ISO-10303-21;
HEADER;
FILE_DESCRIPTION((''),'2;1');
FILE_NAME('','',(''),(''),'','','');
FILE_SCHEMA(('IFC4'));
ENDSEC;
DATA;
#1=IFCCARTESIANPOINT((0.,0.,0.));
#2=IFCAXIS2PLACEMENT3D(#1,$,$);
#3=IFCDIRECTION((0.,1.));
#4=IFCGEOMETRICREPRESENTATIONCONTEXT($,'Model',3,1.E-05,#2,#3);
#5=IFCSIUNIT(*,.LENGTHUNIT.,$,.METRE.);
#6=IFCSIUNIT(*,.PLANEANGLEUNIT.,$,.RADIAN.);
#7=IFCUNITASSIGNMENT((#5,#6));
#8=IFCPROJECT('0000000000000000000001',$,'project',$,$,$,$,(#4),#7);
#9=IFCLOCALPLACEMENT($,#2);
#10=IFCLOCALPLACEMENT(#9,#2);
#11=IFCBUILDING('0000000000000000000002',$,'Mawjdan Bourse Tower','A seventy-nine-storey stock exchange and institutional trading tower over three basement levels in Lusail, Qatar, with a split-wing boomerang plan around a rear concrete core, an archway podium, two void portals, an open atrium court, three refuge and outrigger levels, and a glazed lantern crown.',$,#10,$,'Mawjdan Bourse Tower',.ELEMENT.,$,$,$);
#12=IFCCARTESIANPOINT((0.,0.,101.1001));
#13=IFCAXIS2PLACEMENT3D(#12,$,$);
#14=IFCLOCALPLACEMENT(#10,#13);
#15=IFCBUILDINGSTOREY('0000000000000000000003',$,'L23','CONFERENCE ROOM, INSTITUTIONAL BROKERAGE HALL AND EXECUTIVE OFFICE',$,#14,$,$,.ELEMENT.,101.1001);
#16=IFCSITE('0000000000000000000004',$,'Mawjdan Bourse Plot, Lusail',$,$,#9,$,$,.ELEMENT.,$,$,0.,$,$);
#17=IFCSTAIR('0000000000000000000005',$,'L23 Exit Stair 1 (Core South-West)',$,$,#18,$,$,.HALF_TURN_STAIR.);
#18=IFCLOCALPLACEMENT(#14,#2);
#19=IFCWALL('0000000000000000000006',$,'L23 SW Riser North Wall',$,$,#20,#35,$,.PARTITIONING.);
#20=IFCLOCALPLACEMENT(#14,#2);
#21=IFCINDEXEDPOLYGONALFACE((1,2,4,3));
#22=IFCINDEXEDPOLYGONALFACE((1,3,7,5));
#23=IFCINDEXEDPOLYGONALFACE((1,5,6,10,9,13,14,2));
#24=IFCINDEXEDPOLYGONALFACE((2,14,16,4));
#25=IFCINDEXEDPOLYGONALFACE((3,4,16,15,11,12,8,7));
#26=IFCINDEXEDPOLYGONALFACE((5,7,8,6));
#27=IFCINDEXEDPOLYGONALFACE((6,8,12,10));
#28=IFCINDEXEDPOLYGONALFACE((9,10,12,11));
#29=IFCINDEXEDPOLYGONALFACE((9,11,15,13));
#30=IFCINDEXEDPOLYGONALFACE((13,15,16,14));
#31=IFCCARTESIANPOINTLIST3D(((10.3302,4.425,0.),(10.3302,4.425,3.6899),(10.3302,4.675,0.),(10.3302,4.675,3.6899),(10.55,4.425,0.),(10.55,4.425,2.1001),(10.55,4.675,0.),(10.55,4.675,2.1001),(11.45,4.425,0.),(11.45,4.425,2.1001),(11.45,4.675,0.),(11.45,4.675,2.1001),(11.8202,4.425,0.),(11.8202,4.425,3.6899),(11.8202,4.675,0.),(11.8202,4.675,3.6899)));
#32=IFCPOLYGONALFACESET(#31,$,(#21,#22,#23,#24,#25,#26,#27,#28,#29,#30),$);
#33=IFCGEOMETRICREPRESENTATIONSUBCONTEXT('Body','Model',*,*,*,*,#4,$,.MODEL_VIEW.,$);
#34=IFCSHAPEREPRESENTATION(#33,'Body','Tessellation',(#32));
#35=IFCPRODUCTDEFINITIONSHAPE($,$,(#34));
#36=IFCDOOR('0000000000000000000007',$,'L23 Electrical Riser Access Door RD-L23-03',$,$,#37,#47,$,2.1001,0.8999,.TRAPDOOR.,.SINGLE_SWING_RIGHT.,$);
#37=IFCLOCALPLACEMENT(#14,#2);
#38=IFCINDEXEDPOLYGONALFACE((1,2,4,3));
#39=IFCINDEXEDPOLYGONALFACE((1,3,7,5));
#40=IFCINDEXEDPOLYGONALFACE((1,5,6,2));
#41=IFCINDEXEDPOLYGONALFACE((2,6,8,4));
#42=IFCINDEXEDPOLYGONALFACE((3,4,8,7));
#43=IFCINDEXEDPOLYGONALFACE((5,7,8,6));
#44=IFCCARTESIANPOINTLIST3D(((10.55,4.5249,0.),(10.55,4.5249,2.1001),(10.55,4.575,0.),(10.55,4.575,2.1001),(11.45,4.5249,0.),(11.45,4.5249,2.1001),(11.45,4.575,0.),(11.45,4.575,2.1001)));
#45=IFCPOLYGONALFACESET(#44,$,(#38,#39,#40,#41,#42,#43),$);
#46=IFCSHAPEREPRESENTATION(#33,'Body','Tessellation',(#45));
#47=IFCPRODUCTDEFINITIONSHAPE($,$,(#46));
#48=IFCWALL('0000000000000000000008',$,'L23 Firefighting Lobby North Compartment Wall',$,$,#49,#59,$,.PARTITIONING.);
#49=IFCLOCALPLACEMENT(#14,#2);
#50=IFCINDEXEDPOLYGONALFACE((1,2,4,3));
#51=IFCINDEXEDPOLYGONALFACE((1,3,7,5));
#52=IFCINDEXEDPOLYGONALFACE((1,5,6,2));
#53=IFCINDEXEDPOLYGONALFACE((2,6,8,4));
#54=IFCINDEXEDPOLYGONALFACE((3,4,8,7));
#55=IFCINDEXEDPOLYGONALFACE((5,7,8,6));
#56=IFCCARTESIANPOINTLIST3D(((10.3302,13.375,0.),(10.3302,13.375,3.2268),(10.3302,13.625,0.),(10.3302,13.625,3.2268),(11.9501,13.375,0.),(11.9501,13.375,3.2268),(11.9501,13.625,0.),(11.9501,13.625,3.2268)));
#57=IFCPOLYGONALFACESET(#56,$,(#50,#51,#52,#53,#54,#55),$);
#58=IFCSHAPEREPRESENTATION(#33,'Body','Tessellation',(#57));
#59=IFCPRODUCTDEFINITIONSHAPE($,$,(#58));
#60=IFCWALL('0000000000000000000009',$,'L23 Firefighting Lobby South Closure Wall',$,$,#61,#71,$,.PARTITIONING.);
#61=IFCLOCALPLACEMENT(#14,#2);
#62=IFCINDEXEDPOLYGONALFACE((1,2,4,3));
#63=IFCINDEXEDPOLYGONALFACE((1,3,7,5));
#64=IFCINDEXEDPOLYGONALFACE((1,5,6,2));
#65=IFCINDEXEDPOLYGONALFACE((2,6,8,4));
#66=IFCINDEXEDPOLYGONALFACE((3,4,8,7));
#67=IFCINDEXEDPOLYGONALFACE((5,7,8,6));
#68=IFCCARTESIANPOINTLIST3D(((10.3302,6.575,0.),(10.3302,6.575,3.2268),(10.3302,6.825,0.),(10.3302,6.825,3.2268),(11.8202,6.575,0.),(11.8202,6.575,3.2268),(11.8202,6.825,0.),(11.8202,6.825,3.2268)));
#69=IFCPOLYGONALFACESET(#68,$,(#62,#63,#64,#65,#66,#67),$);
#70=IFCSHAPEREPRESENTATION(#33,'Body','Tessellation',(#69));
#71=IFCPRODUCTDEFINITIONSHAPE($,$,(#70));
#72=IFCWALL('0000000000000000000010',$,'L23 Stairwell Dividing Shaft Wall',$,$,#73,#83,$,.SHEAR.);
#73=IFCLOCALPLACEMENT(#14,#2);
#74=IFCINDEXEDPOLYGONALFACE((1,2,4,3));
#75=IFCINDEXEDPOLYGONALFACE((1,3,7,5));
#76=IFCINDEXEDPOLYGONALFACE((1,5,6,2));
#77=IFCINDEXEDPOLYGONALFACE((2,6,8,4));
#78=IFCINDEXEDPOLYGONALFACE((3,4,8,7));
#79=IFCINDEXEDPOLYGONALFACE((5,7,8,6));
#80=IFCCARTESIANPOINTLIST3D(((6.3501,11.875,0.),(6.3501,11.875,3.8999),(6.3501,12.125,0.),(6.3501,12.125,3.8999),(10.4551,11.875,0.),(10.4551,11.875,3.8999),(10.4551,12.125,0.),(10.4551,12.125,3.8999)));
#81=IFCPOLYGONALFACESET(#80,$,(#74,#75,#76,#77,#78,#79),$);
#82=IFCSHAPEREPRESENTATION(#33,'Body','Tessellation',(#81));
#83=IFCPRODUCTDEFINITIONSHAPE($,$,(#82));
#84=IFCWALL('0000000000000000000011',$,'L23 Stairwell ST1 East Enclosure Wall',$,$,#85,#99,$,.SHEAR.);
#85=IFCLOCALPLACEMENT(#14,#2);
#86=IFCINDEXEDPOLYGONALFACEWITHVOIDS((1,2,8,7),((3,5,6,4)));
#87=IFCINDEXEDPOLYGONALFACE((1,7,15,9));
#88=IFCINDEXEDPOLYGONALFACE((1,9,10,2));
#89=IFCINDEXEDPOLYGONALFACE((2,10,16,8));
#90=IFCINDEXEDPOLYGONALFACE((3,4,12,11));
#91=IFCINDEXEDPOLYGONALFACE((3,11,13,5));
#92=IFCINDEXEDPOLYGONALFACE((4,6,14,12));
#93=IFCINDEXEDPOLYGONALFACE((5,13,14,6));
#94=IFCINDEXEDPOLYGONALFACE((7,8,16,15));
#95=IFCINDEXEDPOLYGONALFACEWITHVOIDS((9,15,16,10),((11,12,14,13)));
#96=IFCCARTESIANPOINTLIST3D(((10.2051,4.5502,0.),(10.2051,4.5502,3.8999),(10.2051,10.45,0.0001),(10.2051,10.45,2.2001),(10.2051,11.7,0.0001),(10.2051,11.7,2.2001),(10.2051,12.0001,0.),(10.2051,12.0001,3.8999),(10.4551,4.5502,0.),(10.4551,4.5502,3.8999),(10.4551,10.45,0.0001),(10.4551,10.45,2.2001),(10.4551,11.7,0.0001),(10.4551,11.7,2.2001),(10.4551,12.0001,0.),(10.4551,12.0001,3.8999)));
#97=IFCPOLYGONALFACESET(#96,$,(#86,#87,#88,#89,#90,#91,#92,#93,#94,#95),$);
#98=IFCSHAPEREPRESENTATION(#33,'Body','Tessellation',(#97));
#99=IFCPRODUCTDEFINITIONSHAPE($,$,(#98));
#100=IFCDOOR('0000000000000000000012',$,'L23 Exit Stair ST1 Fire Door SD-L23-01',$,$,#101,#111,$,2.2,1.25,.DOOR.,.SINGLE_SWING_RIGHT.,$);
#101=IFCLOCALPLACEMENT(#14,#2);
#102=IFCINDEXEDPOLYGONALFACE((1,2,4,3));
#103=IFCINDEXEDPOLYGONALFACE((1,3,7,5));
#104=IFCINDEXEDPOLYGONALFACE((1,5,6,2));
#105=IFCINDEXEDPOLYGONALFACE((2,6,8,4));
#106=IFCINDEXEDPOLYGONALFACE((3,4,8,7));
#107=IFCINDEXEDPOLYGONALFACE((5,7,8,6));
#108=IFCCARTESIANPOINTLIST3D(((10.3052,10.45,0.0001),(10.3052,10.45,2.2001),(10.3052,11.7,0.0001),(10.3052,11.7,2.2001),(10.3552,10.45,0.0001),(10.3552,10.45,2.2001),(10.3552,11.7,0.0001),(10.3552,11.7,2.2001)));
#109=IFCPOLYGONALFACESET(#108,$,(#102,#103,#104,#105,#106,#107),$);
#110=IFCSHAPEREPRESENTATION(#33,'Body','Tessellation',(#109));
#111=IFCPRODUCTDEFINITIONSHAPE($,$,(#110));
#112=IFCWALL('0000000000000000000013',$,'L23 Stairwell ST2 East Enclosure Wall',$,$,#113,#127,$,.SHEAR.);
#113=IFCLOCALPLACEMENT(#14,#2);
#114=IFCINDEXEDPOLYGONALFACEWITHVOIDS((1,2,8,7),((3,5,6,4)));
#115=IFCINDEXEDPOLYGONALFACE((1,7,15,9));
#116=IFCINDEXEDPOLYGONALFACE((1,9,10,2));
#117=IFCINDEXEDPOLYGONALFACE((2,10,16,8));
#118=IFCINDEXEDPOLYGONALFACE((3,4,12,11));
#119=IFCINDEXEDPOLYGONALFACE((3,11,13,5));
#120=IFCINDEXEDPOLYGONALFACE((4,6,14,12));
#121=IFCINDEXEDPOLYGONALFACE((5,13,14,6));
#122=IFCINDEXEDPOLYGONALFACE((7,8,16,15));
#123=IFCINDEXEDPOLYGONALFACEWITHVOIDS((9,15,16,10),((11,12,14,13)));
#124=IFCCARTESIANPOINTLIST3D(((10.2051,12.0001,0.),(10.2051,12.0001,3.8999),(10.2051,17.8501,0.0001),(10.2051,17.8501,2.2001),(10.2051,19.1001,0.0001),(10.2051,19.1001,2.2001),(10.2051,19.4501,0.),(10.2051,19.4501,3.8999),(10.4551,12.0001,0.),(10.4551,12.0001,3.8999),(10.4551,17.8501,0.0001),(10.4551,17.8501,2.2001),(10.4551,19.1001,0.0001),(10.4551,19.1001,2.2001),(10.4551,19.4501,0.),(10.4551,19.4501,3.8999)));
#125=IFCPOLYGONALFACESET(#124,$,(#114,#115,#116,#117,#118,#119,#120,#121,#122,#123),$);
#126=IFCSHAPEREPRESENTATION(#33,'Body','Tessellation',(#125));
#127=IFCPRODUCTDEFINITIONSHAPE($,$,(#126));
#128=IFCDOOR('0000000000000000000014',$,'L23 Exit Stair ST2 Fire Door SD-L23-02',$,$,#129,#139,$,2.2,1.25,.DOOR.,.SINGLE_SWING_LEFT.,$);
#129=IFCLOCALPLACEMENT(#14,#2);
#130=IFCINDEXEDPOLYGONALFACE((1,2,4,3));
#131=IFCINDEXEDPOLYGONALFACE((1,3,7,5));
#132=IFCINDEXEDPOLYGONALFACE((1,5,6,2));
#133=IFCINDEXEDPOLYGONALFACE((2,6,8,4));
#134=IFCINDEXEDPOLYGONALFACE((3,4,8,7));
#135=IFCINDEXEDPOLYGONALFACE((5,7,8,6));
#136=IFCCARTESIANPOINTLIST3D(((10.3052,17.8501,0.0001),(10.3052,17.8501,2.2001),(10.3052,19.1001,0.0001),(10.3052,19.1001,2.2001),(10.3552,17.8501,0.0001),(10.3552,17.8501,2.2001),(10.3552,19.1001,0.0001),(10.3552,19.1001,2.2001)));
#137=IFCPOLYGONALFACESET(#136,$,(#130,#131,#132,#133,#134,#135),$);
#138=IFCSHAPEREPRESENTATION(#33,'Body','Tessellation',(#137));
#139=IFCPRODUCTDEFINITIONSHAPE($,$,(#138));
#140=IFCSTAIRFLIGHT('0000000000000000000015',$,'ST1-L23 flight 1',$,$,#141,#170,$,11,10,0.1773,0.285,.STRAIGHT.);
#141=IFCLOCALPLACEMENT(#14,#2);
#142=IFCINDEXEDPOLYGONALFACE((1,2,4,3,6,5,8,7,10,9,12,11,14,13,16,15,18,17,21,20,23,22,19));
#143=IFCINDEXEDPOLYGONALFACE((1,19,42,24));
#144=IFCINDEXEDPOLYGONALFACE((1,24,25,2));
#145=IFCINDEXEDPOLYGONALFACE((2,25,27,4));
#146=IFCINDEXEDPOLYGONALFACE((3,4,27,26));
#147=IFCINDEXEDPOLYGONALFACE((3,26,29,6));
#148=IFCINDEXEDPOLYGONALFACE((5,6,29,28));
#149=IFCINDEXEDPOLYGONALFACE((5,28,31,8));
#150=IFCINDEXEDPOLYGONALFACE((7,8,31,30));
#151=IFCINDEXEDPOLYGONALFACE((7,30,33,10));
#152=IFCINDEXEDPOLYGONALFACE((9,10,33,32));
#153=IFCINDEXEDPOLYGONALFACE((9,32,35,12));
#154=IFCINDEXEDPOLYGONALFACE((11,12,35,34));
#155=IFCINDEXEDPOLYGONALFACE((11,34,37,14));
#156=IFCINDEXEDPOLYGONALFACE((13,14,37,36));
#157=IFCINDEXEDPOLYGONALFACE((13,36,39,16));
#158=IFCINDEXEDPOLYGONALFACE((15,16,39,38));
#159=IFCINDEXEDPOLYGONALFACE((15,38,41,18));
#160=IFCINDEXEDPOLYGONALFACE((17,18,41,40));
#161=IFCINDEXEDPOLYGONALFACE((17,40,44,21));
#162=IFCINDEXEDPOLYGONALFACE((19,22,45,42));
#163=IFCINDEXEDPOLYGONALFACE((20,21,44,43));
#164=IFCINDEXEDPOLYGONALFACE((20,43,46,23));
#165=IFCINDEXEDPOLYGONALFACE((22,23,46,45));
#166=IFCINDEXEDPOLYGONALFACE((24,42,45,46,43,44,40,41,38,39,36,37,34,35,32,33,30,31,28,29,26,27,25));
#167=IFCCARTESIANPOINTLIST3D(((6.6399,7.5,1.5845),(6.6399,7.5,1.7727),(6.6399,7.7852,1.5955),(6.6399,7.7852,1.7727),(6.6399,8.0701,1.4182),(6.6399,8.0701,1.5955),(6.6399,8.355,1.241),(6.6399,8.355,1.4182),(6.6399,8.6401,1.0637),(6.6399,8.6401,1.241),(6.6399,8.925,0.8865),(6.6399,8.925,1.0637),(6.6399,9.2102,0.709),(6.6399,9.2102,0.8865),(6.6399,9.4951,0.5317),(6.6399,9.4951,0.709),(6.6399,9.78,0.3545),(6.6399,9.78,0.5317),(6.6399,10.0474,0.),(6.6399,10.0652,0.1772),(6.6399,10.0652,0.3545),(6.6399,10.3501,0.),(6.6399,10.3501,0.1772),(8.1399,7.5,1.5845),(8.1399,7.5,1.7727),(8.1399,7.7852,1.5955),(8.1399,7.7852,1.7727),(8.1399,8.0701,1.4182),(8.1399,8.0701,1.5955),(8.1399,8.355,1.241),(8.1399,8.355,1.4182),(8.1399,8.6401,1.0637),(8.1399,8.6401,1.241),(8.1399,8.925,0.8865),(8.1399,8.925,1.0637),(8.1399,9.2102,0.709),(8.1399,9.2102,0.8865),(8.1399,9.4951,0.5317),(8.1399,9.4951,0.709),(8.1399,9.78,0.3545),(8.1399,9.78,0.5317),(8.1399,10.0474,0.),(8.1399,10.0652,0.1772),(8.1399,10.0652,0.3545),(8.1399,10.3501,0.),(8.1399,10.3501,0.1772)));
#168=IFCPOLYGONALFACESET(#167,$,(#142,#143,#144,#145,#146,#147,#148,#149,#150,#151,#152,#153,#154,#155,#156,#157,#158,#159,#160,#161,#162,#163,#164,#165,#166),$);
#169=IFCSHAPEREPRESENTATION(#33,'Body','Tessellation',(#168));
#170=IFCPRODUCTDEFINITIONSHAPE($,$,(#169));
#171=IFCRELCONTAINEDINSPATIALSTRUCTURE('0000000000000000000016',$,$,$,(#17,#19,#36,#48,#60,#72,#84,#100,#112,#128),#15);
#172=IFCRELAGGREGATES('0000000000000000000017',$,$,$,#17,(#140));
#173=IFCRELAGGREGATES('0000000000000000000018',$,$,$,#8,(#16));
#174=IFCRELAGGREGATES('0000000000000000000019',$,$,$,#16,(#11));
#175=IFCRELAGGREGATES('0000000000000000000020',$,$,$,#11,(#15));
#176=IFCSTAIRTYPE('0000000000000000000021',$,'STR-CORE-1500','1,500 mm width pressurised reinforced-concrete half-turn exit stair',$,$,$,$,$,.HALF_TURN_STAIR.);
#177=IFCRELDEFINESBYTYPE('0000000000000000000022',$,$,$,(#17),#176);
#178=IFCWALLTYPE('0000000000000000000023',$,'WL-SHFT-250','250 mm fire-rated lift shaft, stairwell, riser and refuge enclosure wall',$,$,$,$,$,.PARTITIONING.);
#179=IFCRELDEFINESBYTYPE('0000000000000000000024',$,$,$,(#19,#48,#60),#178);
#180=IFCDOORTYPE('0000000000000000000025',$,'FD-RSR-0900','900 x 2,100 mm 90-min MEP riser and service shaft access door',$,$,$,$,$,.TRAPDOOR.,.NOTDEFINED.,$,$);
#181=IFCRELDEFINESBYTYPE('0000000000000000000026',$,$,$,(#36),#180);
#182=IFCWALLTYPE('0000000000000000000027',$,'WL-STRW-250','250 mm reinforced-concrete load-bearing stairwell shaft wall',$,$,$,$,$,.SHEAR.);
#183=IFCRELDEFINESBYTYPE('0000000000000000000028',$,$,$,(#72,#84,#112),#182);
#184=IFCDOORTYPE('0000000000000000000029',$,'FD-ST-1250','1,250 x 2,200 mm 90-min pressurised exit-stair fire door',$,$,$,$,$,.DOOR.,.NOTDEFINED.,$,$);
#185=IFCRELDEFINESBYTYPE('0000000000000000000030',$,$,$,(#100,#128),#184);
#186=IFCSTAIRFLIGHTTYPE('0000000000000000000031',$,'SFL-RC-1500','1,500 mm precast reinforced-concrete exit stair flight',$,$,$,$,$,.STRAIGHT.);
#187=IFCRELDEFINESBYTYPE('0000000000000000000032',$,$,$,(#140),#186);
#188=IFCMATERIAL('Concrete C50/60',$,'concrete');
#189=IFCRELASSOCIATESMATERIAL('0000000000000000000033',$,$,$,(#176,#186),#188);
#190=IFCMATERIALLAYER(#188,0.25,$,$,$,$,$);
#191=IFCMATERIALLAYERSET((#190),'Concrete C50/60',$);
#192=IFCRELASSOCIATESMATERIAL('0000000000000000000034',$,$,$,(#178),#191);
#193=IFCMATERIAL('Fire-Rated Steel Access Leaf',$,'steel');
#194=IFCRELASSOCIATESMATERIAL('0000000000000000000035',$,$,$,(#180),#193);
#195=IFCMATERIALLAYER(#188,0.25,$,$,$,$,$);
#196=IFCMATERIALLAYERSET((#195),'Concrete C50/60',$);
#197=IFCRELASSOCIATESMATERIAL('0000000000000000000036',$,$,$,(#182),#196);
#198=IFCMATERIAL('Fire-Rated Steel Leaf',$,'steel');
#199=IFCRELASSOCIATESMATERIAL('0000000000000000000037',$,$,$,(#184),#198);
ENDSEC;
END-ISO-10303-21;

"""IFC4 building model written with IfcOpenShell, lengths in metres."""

from ifc_helpers import new_model, si_unit, direction, frame, frame_2d, origin, place, context, subcontext, project, spatial, polyline, rectangle, outline, extrude, material, layer, layer_set, type_object, element, fill, aggregate, save


model = new_model("IFC4")

# Units and contexts
model_context = context("Model", 3, precision=1e-05, world=origin(), true_north=direction((0.0, 1.0)))
body_context = subcontext(model_context, "Body", "Model", "MODEL_VIEW")
ifc_project = project(units=[si_unit("LENGTHUNIT", "METRE"), si_unit("PLANEANGLEUNIT", "RADIAN")], contexts=[model_context])

# Site, building, storey
site_placement = place(None, origin())
site = spatial("IfcSite", under=ifc_project, at=site_placement, Name="Mawjdan Bourse Plot, Lusail", CompositionType="ELEMENT", RefElevation=0.0)
building_placement = place(site_placement, origin())
building = spatial("IfcBuilding", under=site, at=building_placement, Name="Mawjdan Bourse Tower", Description="A seventy-nine-storey stock exchange and institutional trading tower over three basement levels in Lusail, Qatar, with a split-wing boomerang plan around a rear concrete core, an archway podium, two void portals, an open atrium court, three refuge and outrigger levels, and a glazed lantern crown.", LongName="Mawjdan Bourse Tower", CompositionType="ELEMENT")
storey_placement = place(building_placement, frame((0.0, 0.0, 101.1001)))
storey = spatial("IfcBuildingStorey", under=building, at=storey_placement, Name="L23", Description="CONFERENCE ROOM, INSTITUTIONAL BROKERAGE HALL AND EXECUTIVE OFFICE", CompositionType="ELEMENT", Elevation=101.1001)

# Stair
ifc_material_1 = material(Name="Concrete C50/60", Category="concrete")
stair_type = type_object("IfcStairType", Name="STR-CORE-1500", Description="1,500 mm width pressurised reinforced-concrete half-turn exit stair", PredefinedType="HALF_TURN_STAIR", material=ifc_material_1)
stair_1_placement = place(storey_placement, origin())
stair_1 = element("IfcStair", 1, at=stair_1_placement, inside=storey, type_object=stair_type, Name="L23 Exit Stair 1 (Core South-West)", PredefinedType="HALF_TURN_STAIR")

# Wall, opening, door
ifc_layer_1 = layer(ifc_material_1, 0.25)
ifc_layer_set_1 = layer_set([ifc_layer_1], Name="Concrete C50/60")
wall_type_1 = type_object("IfcWallType", Name="WL-SHFT-250", Description="250 mm fire-rated lift shaft, stairwell, riser and refuge enclosure wall", PredefinedType="PARTITIONING", material=ifc_layer_set_1)
wall_1_placement = place(storey_placement, frame((10.3301, 4.55, 0.0), z_axis=(0.0, 0.0, 1.0), x_axis=(1.0, 0.0, 0.0)))
wall_1 = element("IfcWall", 2, at=wall_1_placement, inside=storey, type_object=wall_type_1, Name="L23 SW Riser North Wall", PredefinedType="PARTITIONING", context=body_context, shape_type="SweptSolid", body=[
    extrude(rectangle(XDim=1.49, YDim=0.25, at=frame_2d((0.7451, 0.0))), origin(), (0.0, 0.0, 1.0), 3.6899),
])
opening_1_placement = place(wall_1_placement, frame((0.22, 0.0, 0.0)))
opening_1 = element("IfcOpeningElement", 3, at=opening_1_placement, cuts=wall_1, PredefinedType="OPENING", context=body_context, shape_type="SweptSolid", body=[
    extrude(rectangle(XDim=0.8999, YDim=2.1001, at=frame_2d((0.45, 1.05))), frame((0.0, 0.135, 0.0), z_axis=(0.0, -1.0, 0.0), x_axis=(1.0, 0.0, 0.0)), (0.0, 0.0, 1.0), 0.27),
])
ifc_material_2 = material(Name="Fire-Rated Steel Access Leaf", Category="steel")
door_type_1 = type_object("IfcDoorType", Name="FD-RSR-0900", Description="900 x 2,100 mm 90-min MEP riser and service shaft access door", OperationType="NOTDEFINED", PredefinedType="TRAPDOOR", material=ifc_material_2)
door_1_placement = place(opening_1_placement, origin())
door_1 = element("IfcDoor", 4, at=door_1_placement, inside=storey, type_object=door_type_1, Name="L23 Electrical Riser Access Door RD-L23-03", OperationType="SINGLE_SWING_RIGHT", OverallHeight=2.1001, OverallWidth=0.8999, PredefinedType="TRAPDOOR", context=body_context, shape_type="SweptSolid", body=[
    extrude(rectangle(XDim=0.8999, YDim=2.1001, at=frame_2d((0.45, 1.05))), frame((0.0, 0.0249, 0.0), z_axis=(0.0, -1.0, 0.0), x_axis=(1.0, 0.0, 0.0)), (0.0, 0.0, 1.0), 0.05),
])
fill(opening_1, door_1)

# Walls
wall_2_placement = place(storey_placement, frame((10.3301, 13.5, 0.0), z_axis=(0.0, 0.0, 1.0), x_axis=(1.0, 0.0, 0.0)))
element("IfcWall", 5, at=wall_2_placement, inside=storey, type_object=wall_type_1, Name="L23 Firefighting Lobby North Compartment Wall", PredefinedType="PARTITIONING", context=body_context, shape_type="SweptSolid", body=[
    extrude(rectangle(XDim=1.6199, YDim=0.25, at=frame_2d((0.8101, 0.0))), origin(), (0.0, 0.0, 1.0), 3.2268),
])
wall_3_placement = place(storey_placement, frame((10.3301, 6.7, 0.0), z_axis=(0.0, 0.0, 1.0), x_axis=(1.0, 0.0, 0.0)))
element("IfcWall", 6, at=wall_3_placement, inside=storey, type_object=wall_type_1, Name="L23 Firefighting Lobby South Closure Wall", PredefinedType="PARTITIONING", context=body_context, shape_type="SweptSolid", body=[
    extrude(rectangle(XDim=1.49, YDim=0.25, at=frame_2d((0.7451, 0.0))), origin(), (0.0, 0.0, 1.0), 3.2268),
])
ifc_layer_2 = layer(ifc_material_1, 0.25)
ifc_layer_set_2 = layer_set([ifc_layer_2], Name="Concrete C50/60")
wall_type_2 = type_object("IfcWallType", Name="WL-STRW-250", Description="250 mm reinforced-concrete load-bearing stairwell shaft wall", PredefinedType="SHEAR", material=ifc_layer_set_2)
wall_4_placement = place(storey_placement, frame((6.3501, 12.0, 0.0), z_axis=(0.0, 0.0, 1.0), x_axis=(1.0, 0.0, 0.0)))
element("IfcWall", 7, at=wall_4_placement, inside=storey, type_object=wall_type_2, Name="L23 Stairwell Dividing Shaft Wall", PredefinedType="SHEAR", context=body_context, shape_type="SweptSolid", body=[
    extrude(rectangle(XDim=4.105, YDim=0.25, at=frame_2d((2.0525, 0.0))), origin(), (0.0, 0.0, 1.0), 3.8999),
])

# Walls, openings, doors
wall_5_placement = place(storey_placement, frame((10.3301, 4.55, 0.0), z_axis=(0.0, 0.0, 1.0), x_axis=(0.0, 1.0, 0.0)))
wall_5 = element("IfcWall", 8, at=wall_5_placement, inside=storey, type_object=wall_type_2, Name="L23 Stairwell ST1 East Enclosure Wall", PredefinedType="SHEAR", context=body_context, shape_type="SweptSolid", body=[
    extrude(rectangle(XDim=7.45, YDim=0.25, at=frame_2d((3.7251, 0.0))), origin(), (0.0, 0.0, 1.0), 3.8999),
])
opening_2_placement = place(wall_5_placement, frame((5.8999, 0.0, 0.0)))
opening_2 = element("IfcOpeningElement", 9, at=opening_2_placement, cuts=wall_5, PredefinedType="OPENING", context=body_context, shape_type="SweptSolid", body=[
    extrude(rectangle(XDim=1.25, YDim=2.2, at=frame_2d((0.625, 1.1001))), frame((0.0, 0.135, 0.0), z_axis=(0.0, -1.0, 0.0), x_axis=(1.0, 0.0, 0.0)), (0.0, 0.0, 1.0), 0.27),
])
ifc_material_3 = material(Name="Fire-Rated Steel Leaf", Category="steel")
door_type_2 = type_object("IfcDoorType", Name="FD-ST-1250", Description="1,250 x 2,200 mm 90-min pressurised exit-stair fire door", OperationType="NOTDEFINED", PredefinedType="DOOR", material=ifc_material_3)
door_2_placement = place(opening_2_placement, origin())
door_2 = element("IfcDoor", 10, at=door_2_placement, inside=storey, type_object=door_type_2, Name="L23 Exit Stair ST1 Fire Door SD-L23-01", OperationType="SINGLE_SWING_RIGHT", OverallHeight=2.2, OverallWidth=1.25, PredefinedType="DOOR", context=body_context, shape_type="SweptSolid", body=[
    extrude(rectangle(XDim=1.25, YDim=2.2, at=frame_2d((0.625, 1.1001))), frame((0.0, 0.0249, 0.0), z_axis=(0.0, -1.0, 0.0), x_axis=(1.0, 0.0, 0.0)), (0.0, 0.0, 1.0), 0.05),
])
fill(opening_2, door_2)
wall_6_placement = place(storey_placement, frame((10.3301, 12.0, 0.0), z_axis=(0.0, 0.0, 1.0), x_axis=(0.0, 1.0, 0.0)))
wall_6 = element("IfcWall", 11, at=wall_6_placement, inside=storey, type_object=wall_type_2, Name="L23 Stairwell ST2 East Enclosure Wall", PredefinedType="SHEAR", context=body_context, shape_type="SweptSolid", body=[
    extrude(rectangle(XDim=7.45, YDim=0.25, at=frame_2d((3.7251, 0.0))), origin(), (0.0, 0.0, 1.0), 3.8999),
])
opening_3_placement = place(wall_6_placement, frame((5.8501, 0.0, 0.0)))
opening_3 = element("IfcOpeningElement", 12, at=opening_3_placement, cuts=wall_6, PredefinedType="OPENING", context=body_context, shape_type="SweptSolid", body=[
    extrude(rectangle(XDim=1.25, YDim=2.2, at=frame_2d((0.625, 1.1001))), frame((0.0, 0.135, 0.0), z_axis=(0.0, -1.0, 0.0), x_axis=(1.0, 0.0, 0.0)), (0.0, 0.0, 1.0), 0.27),
])
door_3_placement = place(opening_3_placement, origin())
door_3 = element("IfcDoor", 13, at=door_3_placement, inside=storey, type_object=door_type_2, Name="L23 Exit Stair ST2 Fire Door SD-L23-02", OperationType="SINGLE_SWING_LEFT", OverallHeight=2.2, OverallWidth=1.25, PredefinedType="DOOR", context=body_context, shape_type="SweptSolid", body=[
    extrude(rectangle(XDim=1.25, YDim=2.2, at=frame_2d((0.625, 1.1001))), frame((0.0, 0.0249, 0.0), z_axis=(0.0, -1.0, 0.0), x_axis=(1.0, 0.0, 0.0)), (0.0, 0.0, 1.0), 0.05),
])
fill(opening_3, door_3)

# Stair flight
stair_flight_type = type_object("IfcStairFlightType", Name="SFL-RC-1500", Description="1,500 mm precast reinforced-concrete exit stair flight", PredefinedType="STRAIGHT", material=ifc_material_1)
stair_flight_1_placement = place(storey_placement, frame((7.3899, 10.3501, 0.0), z_axis=(0.0, 0.0, 1.0), x_axis=(0.0, -1.0, 0.0)))
stair_flight_1 = element("IfcStairFlight", 14, at=stair_flight_1_placement, type_object=stair_flight_type, Name="ST1-L23 flight 1", NumberOfRisers=11, NumberOfTreads=10, PredefinedType="STRAIGHT", RiserHeight=0.1773, TreadLength=0.285, context=body_context, shape_type="SweptSolid", body=[
    extrude(outline(polyline([(0.0, 0.0), (0.0, 0.1772), (0.2849, 0.1772), (0.2849, 0.3545), (0.5701, 0.3545), (0.5701, 0.5317), (0.855, 0.5317), (0.855, 0.709), (1.1399, 0.709), (1.1399, 0.8865), (1.425, 0.8865), (1.425, 1.0637), (1.71, 1.0637), (1.71, 1.241), (1.9951, 1.241), (1.9951, 1.4182), (2.28, 1.4182), (2.28, 1.5955), (2.5649, 1.5955), (2.5649, 1.7727), (2.8501, 1.7727), (2.8501, 1.95), (2.8501, 1.5845), (0.3027, 0.0), (0.0, 0.0)])), frame((0.0, 0.75, 0.0), z_axis=(0.0, -1.0, 0.0), x_axis=(1.0, 0.0, 0.0)), (0.0, 0.0, 1.0), 1.5),
])
aggregate(stair_1, [stair_flight_1])

save(model, "model.ifc")
